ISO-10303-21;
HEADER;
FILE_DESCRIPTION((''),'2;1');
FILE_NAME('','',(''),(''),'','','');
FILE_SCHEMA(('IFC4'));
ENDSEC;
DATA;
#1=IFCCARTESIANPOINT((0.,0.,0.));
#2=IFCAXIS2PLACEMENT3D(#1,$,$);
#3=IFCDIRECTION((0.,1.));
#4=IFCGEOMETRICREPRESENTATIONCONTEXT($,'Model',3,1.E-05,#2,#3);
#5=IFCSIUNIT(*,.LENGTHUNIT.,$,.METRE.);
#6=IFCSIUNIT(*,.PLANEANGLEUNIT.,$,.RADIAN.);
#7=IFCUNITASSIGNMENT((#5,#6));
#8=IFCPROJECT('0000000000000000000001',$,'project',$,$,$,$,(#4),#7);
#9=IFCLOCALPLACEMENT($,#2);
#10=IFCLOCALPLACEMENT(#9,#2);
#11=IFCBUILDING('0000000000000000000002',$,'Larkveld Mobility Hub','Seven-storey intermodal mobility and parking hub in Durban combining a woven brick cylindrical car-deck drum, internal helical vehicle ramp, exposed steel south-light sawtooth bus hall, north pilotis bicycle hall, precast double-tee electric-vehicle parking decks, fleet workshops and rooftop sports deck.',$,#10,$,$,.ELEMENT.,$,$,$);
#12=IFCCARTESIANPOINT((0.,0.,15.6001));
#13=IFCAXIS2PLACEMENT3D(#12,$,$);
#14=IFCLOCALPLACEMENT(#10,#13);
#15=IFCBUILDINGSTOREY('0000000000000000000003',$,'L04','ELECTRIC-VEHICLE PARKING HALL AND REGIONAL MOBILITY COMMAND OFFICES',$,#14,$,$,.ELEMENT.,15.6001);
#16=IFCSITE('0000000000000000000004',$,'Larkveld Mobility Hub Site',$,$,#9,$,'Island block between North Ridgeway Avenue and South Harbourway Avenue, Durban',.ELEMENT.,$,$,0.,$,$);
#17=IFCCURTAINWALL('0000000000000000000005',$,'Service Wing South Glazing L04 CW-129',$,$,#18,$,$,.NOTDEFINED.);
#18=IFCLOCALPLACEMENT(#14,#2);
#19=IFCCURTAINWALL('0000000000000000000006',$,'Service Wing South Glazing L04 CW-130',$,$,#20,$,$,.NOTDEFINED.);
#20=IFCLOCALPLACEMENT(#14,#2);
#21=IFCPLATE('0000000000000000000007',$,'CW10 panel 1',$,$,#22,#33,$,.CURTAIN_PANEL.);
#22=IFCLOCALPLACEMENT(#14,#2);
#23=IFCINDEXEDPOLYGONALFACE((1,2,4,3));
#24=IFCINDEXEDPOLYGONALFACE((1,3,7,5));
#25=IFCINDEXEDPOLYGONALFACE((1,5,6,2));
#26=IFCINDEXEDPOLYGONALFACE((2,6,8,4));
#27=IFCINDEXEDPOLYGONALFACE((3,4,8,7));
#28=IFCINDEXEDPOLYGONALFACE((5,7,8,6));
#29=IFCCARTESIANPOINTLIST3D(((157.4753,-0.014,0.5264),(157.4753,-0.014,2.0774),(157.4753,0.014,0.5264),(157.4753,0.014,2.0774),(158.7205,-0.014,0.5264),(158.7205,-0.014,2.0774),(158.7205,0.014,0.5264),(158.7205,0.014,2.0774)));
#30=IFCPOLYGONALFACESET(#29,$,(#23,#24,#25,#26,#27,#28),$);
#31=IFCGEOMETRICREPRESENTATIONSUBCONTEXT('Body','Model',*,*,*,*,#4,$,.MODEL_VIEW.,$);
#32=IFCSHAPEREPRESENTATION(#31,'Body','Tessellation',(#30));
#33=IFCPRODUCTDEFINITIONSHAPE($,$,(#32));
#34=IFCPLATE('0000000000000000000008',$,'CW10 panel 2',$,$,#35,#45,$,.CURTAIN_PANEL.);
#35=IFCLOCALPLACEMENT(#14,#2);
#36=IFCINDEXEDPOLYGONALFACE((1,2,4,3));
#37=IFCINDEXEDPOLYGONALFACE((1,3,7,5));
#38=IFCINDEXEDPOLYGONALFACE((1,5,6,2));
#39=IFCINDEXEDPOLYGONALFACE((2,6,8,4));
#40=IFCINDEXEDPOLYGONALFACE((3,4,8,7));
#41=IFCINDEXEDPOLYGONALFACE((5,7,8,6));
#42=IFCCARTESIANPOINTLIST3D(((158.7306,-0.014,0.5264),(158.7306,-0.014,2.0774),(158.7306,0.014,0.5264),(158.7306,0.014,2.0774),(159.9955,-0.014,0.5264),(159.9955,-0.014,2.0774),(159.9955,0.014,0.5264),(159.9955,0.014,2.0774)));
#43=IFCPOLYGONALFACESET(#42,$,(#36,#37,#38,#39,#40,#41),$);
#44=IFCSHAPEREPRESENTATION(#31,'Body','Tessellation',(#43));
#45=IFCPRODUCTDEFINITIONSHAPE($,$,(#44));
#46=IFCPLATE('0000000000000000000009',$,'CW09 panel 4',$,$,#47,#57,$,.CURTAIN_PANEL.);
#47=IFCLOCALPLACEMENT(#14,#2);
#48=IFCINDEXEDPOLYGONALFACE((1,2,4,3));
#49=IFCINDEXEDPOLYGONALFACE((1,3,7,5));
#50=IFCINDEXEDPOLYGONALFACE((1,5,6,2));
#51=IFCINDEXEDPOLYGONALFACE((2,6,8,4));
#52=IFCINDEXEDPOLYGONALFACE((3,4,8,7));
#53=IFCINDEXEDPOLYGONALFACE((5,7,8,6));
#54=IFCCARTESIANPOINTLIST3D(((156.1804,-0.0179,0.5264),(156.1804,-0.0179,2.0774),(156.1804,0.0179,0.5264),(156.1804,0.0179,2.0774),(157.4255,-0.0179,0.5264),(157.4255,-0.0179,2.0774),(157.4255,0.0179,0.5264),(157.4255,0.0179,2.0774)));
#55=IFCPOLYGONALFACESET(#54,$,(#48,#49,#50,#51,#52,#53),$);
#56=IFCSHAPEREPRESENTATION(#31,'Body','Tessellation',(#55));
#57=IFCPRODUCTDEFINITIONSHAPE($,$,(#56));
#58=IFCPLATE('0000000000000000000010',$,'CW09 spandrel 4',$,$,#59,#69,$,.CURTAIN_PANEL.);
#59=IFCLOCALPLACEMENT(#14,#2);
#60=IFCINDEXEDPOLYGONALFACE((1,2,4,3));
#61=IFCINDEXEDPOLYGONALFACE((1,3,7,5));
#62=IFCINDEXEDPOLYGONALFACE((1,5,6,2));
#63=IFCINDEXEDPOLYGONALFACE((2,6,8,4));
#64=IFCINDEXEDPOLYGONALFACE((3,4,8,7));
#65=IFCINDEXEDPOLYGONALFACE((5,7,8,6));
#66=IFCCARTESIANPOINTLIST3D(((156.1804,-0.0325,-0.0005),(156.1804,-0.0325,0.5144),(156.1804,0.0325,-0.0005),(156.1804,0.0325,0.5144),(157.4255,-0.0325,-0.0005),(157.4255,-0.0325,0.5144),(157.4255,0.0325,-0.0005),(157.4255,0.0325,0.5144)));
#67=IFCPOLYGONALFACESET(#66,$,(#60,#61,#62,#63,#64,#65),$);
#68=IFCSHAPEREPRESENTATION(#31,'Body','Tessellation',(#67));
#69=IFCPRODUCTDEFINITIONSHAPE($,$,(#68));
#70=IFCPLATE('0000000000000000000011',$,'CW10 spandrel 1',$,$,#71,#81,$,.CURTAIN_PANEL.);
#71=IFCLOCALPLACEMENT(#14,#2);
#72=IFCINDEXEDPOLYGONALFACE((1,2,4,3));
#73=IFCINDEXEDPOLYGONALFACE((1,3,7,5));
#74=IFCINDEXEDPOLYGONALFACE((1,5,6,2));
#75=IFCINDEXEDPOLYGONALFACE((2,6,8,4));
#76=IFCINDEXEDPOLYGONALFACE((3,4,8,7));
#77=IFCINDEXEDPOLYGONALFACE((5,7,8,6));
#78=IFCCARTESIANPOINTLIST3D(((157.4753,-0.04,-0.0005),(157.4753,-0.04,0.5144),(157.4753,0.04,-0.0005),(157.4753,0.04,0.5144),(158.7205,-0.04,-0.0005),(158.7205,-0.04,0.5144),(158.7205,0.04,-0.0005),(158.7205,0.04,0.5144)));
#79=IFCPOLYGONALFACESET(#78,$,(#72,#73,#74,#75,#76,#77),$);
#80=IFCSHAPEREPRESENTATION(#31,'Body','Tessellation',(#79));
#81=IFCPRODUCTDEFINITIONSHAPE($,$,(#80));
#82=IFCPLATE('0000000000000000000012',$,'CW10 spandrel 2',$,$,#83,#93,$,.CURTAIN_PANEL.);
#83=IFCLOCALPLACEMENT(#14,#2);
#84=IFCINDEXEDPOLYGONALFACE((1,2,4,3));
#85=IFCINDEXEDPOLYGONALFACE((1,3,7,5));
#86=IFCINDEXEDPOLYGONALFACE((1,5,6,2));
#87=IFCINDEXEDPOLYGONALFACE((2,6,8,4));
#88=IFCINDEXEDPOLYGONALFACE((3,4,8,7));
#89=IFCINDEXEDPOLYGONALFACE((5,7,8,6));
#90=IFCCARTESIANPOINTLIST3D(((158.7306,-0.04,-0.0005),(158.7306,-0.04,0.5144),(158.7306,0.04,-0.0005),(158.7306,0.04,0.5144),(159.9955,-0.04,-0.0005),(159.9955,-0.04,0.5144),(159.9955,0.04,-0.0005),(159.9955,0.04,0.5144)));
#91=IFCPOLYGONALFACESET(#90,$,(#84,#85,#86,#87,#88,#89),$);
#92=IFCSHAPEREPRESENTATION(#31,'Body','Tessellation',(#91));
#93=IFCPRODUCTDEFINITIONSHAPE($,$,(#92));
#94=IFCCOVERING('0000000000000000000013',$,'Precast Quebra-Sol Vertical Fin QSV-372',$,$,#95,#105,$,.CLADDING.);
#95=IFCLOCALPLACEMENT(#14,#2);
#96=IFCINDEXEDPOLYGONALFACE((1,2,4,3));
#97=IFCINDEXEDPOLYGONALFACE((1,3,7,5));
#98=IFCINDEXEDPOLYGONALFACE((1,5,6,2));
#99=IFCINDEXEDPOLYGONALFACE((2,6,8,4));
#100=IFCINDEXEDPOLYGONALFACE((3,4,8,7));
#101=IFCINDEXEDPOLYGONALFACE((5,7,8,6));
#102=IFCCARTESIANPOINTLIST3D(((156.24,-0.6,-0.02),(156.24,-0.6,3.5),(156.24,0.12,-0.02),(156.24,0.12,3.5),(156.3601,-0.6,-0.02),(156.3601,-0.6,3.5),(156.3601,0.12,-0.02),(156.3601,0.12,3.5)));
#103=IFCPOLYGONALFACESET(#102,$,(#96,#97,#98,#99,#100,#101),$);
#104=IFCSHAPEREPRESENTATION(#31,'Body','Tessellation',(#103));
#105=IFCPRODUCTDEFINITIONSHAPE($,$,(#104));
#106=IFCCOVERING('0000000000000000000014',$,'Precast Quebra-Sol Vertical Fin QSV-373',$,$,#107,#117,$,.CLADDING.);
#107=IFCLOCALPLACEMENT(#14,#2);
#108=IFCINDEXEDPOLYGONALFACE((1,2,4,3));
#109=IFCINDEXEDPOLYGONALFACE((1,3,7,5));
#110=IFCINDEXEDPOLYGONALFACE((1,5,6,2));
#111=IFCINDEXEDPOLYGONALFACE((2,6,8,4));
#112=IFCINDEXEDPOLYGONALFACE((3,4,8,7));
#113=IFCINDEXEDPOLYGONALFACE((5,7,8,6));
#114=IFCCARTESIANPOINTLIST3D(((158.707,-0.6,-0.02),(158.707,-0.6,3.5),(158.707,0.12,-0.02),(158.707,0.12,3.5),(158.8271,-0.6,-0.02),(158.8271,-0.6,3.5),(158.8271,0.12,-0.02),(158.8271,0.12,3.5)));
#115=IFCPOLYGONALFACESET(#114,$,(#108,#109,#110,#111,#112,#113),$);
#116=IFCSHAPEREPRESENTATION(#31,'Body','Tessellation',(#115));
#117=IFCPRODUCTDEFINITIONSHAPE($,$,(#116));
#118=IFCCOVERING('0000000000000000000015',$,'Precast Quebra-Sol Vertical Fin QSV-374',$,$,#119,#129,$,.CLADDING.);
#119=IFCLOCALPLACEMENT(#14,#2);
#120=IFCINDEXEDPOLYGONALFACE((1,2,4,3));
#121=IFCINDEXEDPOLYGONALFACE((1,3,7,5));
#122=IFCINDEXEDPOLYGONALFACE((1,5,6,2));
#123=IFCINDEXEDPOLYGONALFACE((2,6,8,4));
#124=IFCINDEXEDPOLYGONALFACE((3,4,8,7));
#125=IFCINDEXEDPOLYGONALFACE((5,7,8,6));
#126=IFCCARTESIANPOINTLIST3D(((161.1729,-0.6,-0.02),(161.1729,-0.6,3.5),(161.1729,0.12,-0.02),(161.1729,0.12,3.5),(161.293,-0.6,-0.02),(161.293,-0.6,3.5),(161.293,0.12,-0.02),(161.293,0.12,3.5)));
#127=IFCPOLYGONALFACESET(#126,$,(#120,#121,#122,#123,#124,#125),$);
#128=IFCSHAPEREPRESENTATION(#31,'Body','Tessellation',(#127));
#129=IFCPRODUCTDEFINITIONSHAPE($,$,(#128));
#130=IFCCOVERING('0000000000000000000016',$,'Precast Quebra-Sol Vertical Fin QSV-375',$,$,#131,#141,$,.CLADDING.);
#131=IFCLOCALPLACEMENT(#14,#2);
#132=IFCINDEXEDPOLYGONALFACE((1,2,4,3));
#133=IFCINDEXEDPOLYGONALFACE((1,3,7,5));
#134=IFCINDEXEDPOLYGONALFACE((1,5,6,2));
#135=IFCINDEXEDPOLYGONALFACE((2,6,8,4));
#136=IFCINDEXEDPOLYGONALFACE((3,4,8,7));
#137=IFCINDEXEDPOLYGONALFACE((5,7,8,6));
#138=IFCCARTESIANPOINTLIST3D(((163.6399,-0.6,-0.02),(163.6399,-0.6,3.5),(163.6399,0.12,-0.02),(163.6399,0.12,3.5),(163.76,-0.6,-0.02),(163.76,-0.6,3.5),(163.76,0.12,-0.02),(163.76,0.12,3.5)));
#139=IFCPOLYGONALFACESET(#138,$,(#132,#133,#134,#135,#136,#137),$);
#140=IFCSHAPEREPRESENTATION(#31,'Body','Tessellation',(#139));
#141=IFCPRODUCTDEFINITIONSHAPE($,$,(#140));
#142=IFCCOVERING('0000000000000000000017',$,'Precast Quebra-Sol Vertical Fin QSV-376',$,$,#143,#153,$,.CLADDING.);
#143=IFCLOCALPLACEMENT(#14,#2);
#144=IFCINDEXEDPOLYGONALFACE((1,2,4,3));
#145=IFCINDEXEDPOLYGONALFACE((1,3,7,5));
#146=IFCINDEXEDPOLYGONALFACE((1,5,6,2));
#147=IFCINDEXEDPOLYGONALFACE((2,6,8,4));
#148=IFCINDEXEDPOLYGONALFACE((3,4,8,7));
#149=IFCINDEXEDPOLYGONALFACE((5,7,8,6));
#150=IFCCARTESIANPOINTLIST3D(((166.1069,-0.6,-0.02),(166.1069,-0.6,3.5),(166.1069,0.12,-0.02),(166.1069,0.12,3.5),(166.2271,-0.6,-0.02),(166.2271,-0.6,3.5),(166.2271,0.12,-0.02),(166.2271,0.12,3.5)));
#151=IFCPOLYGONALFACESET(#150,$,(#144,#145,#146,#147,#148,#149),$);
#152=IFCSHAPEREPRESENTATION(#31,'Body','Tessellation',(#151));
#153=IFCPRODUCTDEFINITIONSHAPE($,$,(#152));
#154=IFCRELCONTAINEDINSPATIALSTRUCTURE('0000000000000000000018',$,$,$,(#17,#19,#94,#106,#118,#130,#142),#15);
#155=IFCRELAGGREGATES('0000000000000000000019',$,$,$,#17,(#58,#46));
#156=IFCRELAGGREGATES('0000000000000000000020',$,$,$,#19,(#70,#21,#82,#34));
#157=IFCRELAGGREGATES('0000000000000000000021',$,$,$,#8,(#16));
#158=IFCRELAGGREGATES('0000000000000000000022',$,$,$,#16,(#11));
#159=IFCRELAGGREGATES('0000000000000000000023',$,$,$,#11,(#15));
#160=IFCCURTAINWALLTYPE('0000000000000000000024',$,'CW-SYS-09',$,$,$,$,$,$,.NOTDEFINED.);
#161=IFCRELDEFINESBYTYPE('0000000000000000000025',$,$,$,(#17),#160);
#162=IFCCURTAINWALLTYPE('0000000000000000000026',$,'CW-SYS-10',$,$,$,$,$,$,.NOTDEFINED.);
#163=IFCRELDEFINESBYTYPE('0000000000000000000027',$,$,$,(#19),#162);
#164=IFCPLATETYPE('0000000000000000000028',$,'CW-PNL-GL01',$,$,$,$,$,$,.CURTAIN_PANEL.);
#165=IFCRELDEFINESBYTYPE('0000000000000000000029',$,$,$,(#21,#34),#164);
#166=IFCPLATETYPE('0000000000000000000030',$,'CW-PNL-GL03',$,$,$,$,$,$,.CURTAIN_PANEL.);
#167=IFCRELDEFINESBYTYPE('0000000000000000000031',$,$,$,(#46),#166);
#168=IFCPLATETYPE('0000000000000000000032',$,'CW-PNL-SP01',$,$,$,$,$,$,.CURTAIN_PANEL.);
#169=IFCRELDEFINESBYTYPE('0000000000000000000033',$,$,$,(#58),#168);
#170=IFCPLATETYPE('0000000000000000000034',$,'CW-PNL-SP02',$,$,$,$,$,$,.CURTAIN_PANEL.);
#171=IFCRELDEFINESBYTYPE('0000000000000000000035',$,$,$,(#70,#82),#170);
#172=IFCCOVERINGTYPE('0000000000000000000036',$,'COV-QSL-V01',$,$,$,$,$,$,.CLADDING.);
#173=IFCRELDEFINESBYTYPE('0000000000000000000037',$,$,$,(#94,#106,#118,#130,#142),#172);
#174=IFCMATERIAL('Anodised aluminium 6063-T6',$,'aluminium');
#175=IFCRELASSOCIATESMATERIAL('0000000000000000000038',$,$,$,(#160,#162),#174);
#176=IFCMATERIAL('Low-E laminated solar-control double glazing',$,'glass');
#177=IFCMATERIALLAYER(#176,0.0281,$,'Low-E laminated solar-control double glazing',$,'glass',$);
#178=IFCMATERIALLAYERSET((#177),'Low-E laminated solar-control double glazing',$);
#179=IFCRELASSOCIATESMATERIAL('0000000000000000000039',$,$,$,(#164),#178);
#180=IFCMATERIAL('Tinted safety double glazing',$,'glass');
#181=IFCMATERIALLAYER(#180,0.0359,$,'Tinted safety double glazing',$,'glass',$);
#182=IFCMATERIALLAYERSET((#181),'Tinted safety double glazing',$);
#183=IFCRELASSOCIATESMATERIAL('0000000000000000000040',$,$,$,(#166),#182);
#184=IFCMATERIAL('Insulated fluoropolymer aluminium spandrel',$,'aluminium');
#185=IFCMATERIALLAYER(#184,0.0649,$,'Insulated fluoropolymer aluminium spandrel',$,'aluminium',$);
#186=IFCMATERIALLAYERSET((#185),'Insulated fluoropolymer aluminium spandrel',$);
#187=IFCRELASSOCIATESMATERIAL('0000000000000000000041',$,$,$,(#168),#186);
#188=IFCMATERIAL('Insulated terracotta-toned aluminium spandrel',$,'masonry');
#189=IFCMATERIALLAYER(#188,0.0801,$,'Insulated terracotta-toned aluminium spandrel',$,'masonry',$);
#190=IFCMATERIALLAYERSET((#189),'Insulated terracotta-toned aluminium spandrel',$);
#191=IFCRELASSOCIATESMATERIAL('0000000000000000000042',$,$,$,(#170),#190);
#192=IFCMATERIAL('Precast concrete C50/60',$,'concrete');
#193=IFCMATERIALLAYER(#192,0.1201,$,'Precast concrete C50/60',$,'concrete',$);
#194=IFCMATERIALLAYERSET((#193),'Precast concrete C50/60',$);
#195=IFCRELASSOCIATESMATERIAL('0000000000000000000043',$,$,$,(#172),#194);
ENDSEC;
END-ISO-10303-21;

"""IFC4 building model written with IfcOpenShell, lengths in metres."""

from ifc_helpers import new_model, si_unit, direction, frame, origin, origin_2d, place, context, subcontext, project, spatial, rectangle, extrude, material, layer, layer_set, type_object, element, aggregate, save


model = new_model("IFC4")

# Units and contexts
model_context = context("Model", 3, precision=1e-05, world=origin(), true_north=direction((0.0, 1.0)))
body_context = subcontext(model_context, "Body", "Model", "MODEL_VIEW")
ifc_project = project(units=[si_unit("LENGTHUNIT", "METRE"), si_unit("PLANEANGLEUNIT", "RADIAN")], contexts=[model_context])

# Site, building, storey
site_placement = place(None, origin())
site = spatial("IfcSite", under=ifc_project, at=site_placement, Name="Larkveld Mobility Hub Site", LongName="Island block between North Ridgeway Avenue and South Harbourway Avenue, Durban", CompositionType="ELEMENT", RefElevation=0.0)
building_placement = place(site_placement, origin())
building = spatial("IfcBuilding", under=site, at=building_placement, Name="Larkveld Mobility Hub", Description="Seven-storey intermodal mobility and parking hub in Durban combining a woven brick cylindrical car-deck drum, internal helical vehicle ramp, exposed steel south-light sawtooth bus hall, north pilotis bicycle hall, precast double-tee electric-vehicle parking decks, fleet workshops and rooftop sports deck.", CompositionType="ELEMENT")
storey_placement = place(building_placement, frame((0.0, 0.0, 15.6001)))
storey = spatial("IfcBuildingStorey", under=building, at=storey_placement, Name="L04", Description="ELECTRIC-VEHICLE PARKING HALL AND REGIONAL MOBILITY COMMAND OFFICES", CompositionType="ELEMENT", Elevation=15.6001)

# Curtain walls
ifc_material_1 = material(Name="Anodised aluminium 6063-T6", Category="aluminium")
curtain_wall_type_1 = type_object("IfcCurtainWallType", Name="CW-SYS-09", PredefinedType="NOTDEFINED", material=ifc_material_1)
curtain_wall_1_placement = place(storey_placement, origin())
curtain_wall_1 = element("IfcCurtainWall", 1, at=curtain_wall_1_placement, inside=storey, type_object=curtain_wall_type_1, Name="Service Wing South Glazing L04 CW-129", PredefinedType="NOTDEFINED")
curtain_wall_type_2 = type_object("IfcCurtainWallType", Name="CW-SYS-10", PredefinedType="NOTDEFINED", material=ifc_material_1)
curtain_wall_2_placement = place(storey_placement, origin())
curtain_wall_2 = element("IfcCurtainWall", 2, at=curtain_wall_2_placement, inside=storey, type_object=curtain_wall_type_2, Name="Service Wing South Glazing L04 CW-130", PredefinedType="NOTDEFINED")

# Plates
ifc_material_2 = material(Name="Low-E laminated solar-control double glazing", Category="glass")
ifc_layer_1 = layer(ifc_material_2, 0.0281, Name="Low-E laminated solar-control double glazing", Category="glass")
ifc_layer_set_1 = layer_set([ifc_layer_1], Name="Low-E laminated solar-control double glazing")
plate_type_1 = type_object("IfcPlateType", Name="CW-PNL-GL01", PredefinedType="CURTAIN_PANEL", material=ifc_layer_set_1)
plate_1_placement = place(storey_placement, frame((158.0979, 0.0, 0.5264), z_axis=(0.0, 0.0, 1.0), x_axis=(1.0, 0.0, 0.0)))
plate_1 = element("IfcPlate", 3, at=plate_1_placement, type_object=plate_type_1, Name="CW10 panel 1", PredefinedType="CURTAIN_PANEL", context=body_context, shape_type="SweptSolid", body=[
    extrude(rectangle(XDim=1.2451, YDim=0.0281, at=origin_2d()), origin(), (0.0, 0.0, 1.0), 1.551),
])
plate_2_placement = place(storey_placement, frame((159.363, 0.0, 0.5264), z_axis=(0.0, 0.0, 1.0), x_axis=(1.0, 0.0, 0.0)))
plate_2 = element("IfcPlate", 4, at=plate_2_placement, type_object=plate_type_1, Name="CW10 panel 2", PredefinedType="CURTAIN_PANEL", context=body_context, shape_type="SweptSolid", body=[
    extrude(rectangle(XDim=1.2649, YDim=0.0281, at=origin_2d()), origin(), (0.0, 0.0, 1.0), 1.551),
])
ifc_material_3 = material(Name="Tinted safety double glazing", Category="glass")
ifc_layer_2 = layer(ifc_material_3, 0.0359, Name="Tinted safety double glazing", Category="glass")
ifc_layer_set_2 = layer_set([ifc_layer_2], Name="Tinted safety double glazing")
plate_type_2 = type_object("IfcPlateType", Name="CW-PNL-GL03", PredefinedType="CURTAIN_PANEL", material=ifc_layer_set_2)
plate_3_placement = place(storey_placement, frame((156.803, 0.0, 0.5264), z_axis=(0.0, 0.0, 1.0), x_axis=(1.0, 0.0, 0.0)))
plate_3 = element("IfcPlate", 5, at=plate_3_placement, type_object=plate_type_2, Name="CW09 panel 4", PredefinedType="CURTAIN_PANEL", context=body_context, shape_type="SweptSolid", body=[
    extrude(rectangle(XDim=1.2451, YDim=0.0359, at=origin_2d()), origin(), (0.0, 0.0, 1.0), 1.551),
])
ifc_material_4 = material(Name="Insulated fluoropolymer aluminium spandrel", Category="aluminium")
ifc_layer_3 = layer(ifc_material_4, 0.0649, Name="Insulated fluoropolymer aluminium spandrel", Category="aluminium")
ifc_layer_set_3 = layer_set([ifc_layer_3], Name="Insulated fluoropolymer aluminium spandrel")
plate_type_3 = type_object("IfcPlateType", Name="CW-PNL-SP01", PredefinedType="CURTAIN_PANEL", material=ifc_layer_set_3)
plate_4_placement = place(storey_placement, frame((156.803, 0.0, -0.0005), z_axis=(0.0, 0.0, 1.0), x_axis=(1.0, 0.0, 0.0)))
plate_4 = element("IfcPlate", 6, at=plate_4_placement, type_object=plate_type_3, Name="CW09 spandrel 4", PredefinedType="CURTAIN_PANEL", context=body_context, shape_type="SweptSolid", body=[
    extrude(rectangle(XDim=1.2451, YDim=0.0649, at=origin_2d()), origin(), (0.0, 0.0, 1.0), 0.5149),
])
aggregate(curtain_wall_1, [plate_4, plate_3])
ifc_material_5 = material(Name="Insulated terracotta-toned aluminium spandrel", Category="masonry")
ifc_layer_4 = layer(ifc_material_5, 0.0801, Name="Insulated terracotta-toned aluminium spandrel", Category="masonry")
ifc_layer_set_4 = layer_set([ifc_layer_4], Name="Insulated terracotta-toned aluminium spandrel")
plate_type_4 = type_object("IfcPlateType", Name="CW-PNL-SP02", PredefinedType="CURTAIN_PANEL", material=ifc_layer_set_4)
plate_5_placement = place(storey_placement, frame((158.0979, 0.0, -0.0005), z_axis=(0.0, 0.0, 1.0), x_axis=(1.0, 0.0, 0.0)))
plate_5 = element("IfcPlate", 7, at=plate_5_placement, type_object=plate_type_4, Name="CW10 spandrel 1", PredefinedType="CURTAIN_PANEL", context=body_context, shape_type="SweptSolid", body=[
    extrude(rectangle(XDim=1.2451, YDim=0.0801, at=origin_2d()), origin(), (0.0, 0.0, 1.0), 0.5149),
])
plate_6_placement = place(storey_placement, frame((159.363, 0.0, -0.0005), z_axis=(0.0, 0.0, 1.0), x_axis=(1.0, 0.0, 0.0)))
plate_6 = element("IfcPlate", 8, at=plate_6_placement, type_object=plate_type_4, Name="CW10 spandrel 2", PredefinedType="CURTAIN_PANEL", context=body_context, shape_type="SweptSolid", body=[
    extrude(rectangle(XDim=1.2649, YDim=0.0801, at=origin_2d()), origin(), (0.0, 0.0, 1.0), 0.5149),
])
aggregate(curtain_wall_2, [plate_5, plate_1, plate_6, plate_2])

# Coverings
ifc_material_6 = material(Name="Precast concrete C50/60", Category="concrete")
ifc_layer_5 = layer(ifc_material_6, 0.1201, Name="Precast concrete C50/60", Category="concrete")
ifc_layer_set_5 = layer_set([ifc_layer_5], Name="Precast concrete C50/60")
covering_type = type_object("IfcCoveringType", Name="COV-QSL-V01", PredefinedType="CLADDING", material=ifc_layer_set_5)
for number, where, z_axis, x_axis, name in (
    (9, (156.3, -0.24, -0.02), (0.0, 0.0, 1.0), (1.0, 0.0, 0.0), "Precast Quebra-Sol Vertical Fin QSV-372"),
    (10, (158.7671, -0.24, -0.02), (0.0, 0.0, 1.0), (1.0, 0.0, 0.0), "Precast Quebra-Sol Vertical Fin QSV-373"),
    (11, (161.2329, -0.24, -0.02), (0.0, 0.0, 1.0), (1.0, 0.0, 0.0), "Precast Quebra-Sol Vertical Fin QSV-374"),
    (12, (163.7, -0.24, -0.02), (0.0, 0.0, 1.0), (1.0, 0.0, 0.0), "Precast Quebra-Sol Vertical Fin QSV-375"),
    (13, (166.167, -0.24, -0.02), (0.0, 0.0, 1.0), (1.0, 0.0, 0.0), "Precast Quebra-Sol Vertical Fin QSV-376"),
):
    element("IfcCovering", number, at=place(storey_placement, frame(where, z_axis=z_axis, x_axis=x_axis)), inside=storey, type_object=covering_type, Name=name, PredefinedType="CLADDING", context=body_context, shape_type="SweptSolid", body=[
        extrude(rectangle(XDim=0.1201, YDim=0.72, at=origin_2d()), origin(), (0.0, 0.0, 1.0), 3.52),
    ])

save(model, "model.ifc")
